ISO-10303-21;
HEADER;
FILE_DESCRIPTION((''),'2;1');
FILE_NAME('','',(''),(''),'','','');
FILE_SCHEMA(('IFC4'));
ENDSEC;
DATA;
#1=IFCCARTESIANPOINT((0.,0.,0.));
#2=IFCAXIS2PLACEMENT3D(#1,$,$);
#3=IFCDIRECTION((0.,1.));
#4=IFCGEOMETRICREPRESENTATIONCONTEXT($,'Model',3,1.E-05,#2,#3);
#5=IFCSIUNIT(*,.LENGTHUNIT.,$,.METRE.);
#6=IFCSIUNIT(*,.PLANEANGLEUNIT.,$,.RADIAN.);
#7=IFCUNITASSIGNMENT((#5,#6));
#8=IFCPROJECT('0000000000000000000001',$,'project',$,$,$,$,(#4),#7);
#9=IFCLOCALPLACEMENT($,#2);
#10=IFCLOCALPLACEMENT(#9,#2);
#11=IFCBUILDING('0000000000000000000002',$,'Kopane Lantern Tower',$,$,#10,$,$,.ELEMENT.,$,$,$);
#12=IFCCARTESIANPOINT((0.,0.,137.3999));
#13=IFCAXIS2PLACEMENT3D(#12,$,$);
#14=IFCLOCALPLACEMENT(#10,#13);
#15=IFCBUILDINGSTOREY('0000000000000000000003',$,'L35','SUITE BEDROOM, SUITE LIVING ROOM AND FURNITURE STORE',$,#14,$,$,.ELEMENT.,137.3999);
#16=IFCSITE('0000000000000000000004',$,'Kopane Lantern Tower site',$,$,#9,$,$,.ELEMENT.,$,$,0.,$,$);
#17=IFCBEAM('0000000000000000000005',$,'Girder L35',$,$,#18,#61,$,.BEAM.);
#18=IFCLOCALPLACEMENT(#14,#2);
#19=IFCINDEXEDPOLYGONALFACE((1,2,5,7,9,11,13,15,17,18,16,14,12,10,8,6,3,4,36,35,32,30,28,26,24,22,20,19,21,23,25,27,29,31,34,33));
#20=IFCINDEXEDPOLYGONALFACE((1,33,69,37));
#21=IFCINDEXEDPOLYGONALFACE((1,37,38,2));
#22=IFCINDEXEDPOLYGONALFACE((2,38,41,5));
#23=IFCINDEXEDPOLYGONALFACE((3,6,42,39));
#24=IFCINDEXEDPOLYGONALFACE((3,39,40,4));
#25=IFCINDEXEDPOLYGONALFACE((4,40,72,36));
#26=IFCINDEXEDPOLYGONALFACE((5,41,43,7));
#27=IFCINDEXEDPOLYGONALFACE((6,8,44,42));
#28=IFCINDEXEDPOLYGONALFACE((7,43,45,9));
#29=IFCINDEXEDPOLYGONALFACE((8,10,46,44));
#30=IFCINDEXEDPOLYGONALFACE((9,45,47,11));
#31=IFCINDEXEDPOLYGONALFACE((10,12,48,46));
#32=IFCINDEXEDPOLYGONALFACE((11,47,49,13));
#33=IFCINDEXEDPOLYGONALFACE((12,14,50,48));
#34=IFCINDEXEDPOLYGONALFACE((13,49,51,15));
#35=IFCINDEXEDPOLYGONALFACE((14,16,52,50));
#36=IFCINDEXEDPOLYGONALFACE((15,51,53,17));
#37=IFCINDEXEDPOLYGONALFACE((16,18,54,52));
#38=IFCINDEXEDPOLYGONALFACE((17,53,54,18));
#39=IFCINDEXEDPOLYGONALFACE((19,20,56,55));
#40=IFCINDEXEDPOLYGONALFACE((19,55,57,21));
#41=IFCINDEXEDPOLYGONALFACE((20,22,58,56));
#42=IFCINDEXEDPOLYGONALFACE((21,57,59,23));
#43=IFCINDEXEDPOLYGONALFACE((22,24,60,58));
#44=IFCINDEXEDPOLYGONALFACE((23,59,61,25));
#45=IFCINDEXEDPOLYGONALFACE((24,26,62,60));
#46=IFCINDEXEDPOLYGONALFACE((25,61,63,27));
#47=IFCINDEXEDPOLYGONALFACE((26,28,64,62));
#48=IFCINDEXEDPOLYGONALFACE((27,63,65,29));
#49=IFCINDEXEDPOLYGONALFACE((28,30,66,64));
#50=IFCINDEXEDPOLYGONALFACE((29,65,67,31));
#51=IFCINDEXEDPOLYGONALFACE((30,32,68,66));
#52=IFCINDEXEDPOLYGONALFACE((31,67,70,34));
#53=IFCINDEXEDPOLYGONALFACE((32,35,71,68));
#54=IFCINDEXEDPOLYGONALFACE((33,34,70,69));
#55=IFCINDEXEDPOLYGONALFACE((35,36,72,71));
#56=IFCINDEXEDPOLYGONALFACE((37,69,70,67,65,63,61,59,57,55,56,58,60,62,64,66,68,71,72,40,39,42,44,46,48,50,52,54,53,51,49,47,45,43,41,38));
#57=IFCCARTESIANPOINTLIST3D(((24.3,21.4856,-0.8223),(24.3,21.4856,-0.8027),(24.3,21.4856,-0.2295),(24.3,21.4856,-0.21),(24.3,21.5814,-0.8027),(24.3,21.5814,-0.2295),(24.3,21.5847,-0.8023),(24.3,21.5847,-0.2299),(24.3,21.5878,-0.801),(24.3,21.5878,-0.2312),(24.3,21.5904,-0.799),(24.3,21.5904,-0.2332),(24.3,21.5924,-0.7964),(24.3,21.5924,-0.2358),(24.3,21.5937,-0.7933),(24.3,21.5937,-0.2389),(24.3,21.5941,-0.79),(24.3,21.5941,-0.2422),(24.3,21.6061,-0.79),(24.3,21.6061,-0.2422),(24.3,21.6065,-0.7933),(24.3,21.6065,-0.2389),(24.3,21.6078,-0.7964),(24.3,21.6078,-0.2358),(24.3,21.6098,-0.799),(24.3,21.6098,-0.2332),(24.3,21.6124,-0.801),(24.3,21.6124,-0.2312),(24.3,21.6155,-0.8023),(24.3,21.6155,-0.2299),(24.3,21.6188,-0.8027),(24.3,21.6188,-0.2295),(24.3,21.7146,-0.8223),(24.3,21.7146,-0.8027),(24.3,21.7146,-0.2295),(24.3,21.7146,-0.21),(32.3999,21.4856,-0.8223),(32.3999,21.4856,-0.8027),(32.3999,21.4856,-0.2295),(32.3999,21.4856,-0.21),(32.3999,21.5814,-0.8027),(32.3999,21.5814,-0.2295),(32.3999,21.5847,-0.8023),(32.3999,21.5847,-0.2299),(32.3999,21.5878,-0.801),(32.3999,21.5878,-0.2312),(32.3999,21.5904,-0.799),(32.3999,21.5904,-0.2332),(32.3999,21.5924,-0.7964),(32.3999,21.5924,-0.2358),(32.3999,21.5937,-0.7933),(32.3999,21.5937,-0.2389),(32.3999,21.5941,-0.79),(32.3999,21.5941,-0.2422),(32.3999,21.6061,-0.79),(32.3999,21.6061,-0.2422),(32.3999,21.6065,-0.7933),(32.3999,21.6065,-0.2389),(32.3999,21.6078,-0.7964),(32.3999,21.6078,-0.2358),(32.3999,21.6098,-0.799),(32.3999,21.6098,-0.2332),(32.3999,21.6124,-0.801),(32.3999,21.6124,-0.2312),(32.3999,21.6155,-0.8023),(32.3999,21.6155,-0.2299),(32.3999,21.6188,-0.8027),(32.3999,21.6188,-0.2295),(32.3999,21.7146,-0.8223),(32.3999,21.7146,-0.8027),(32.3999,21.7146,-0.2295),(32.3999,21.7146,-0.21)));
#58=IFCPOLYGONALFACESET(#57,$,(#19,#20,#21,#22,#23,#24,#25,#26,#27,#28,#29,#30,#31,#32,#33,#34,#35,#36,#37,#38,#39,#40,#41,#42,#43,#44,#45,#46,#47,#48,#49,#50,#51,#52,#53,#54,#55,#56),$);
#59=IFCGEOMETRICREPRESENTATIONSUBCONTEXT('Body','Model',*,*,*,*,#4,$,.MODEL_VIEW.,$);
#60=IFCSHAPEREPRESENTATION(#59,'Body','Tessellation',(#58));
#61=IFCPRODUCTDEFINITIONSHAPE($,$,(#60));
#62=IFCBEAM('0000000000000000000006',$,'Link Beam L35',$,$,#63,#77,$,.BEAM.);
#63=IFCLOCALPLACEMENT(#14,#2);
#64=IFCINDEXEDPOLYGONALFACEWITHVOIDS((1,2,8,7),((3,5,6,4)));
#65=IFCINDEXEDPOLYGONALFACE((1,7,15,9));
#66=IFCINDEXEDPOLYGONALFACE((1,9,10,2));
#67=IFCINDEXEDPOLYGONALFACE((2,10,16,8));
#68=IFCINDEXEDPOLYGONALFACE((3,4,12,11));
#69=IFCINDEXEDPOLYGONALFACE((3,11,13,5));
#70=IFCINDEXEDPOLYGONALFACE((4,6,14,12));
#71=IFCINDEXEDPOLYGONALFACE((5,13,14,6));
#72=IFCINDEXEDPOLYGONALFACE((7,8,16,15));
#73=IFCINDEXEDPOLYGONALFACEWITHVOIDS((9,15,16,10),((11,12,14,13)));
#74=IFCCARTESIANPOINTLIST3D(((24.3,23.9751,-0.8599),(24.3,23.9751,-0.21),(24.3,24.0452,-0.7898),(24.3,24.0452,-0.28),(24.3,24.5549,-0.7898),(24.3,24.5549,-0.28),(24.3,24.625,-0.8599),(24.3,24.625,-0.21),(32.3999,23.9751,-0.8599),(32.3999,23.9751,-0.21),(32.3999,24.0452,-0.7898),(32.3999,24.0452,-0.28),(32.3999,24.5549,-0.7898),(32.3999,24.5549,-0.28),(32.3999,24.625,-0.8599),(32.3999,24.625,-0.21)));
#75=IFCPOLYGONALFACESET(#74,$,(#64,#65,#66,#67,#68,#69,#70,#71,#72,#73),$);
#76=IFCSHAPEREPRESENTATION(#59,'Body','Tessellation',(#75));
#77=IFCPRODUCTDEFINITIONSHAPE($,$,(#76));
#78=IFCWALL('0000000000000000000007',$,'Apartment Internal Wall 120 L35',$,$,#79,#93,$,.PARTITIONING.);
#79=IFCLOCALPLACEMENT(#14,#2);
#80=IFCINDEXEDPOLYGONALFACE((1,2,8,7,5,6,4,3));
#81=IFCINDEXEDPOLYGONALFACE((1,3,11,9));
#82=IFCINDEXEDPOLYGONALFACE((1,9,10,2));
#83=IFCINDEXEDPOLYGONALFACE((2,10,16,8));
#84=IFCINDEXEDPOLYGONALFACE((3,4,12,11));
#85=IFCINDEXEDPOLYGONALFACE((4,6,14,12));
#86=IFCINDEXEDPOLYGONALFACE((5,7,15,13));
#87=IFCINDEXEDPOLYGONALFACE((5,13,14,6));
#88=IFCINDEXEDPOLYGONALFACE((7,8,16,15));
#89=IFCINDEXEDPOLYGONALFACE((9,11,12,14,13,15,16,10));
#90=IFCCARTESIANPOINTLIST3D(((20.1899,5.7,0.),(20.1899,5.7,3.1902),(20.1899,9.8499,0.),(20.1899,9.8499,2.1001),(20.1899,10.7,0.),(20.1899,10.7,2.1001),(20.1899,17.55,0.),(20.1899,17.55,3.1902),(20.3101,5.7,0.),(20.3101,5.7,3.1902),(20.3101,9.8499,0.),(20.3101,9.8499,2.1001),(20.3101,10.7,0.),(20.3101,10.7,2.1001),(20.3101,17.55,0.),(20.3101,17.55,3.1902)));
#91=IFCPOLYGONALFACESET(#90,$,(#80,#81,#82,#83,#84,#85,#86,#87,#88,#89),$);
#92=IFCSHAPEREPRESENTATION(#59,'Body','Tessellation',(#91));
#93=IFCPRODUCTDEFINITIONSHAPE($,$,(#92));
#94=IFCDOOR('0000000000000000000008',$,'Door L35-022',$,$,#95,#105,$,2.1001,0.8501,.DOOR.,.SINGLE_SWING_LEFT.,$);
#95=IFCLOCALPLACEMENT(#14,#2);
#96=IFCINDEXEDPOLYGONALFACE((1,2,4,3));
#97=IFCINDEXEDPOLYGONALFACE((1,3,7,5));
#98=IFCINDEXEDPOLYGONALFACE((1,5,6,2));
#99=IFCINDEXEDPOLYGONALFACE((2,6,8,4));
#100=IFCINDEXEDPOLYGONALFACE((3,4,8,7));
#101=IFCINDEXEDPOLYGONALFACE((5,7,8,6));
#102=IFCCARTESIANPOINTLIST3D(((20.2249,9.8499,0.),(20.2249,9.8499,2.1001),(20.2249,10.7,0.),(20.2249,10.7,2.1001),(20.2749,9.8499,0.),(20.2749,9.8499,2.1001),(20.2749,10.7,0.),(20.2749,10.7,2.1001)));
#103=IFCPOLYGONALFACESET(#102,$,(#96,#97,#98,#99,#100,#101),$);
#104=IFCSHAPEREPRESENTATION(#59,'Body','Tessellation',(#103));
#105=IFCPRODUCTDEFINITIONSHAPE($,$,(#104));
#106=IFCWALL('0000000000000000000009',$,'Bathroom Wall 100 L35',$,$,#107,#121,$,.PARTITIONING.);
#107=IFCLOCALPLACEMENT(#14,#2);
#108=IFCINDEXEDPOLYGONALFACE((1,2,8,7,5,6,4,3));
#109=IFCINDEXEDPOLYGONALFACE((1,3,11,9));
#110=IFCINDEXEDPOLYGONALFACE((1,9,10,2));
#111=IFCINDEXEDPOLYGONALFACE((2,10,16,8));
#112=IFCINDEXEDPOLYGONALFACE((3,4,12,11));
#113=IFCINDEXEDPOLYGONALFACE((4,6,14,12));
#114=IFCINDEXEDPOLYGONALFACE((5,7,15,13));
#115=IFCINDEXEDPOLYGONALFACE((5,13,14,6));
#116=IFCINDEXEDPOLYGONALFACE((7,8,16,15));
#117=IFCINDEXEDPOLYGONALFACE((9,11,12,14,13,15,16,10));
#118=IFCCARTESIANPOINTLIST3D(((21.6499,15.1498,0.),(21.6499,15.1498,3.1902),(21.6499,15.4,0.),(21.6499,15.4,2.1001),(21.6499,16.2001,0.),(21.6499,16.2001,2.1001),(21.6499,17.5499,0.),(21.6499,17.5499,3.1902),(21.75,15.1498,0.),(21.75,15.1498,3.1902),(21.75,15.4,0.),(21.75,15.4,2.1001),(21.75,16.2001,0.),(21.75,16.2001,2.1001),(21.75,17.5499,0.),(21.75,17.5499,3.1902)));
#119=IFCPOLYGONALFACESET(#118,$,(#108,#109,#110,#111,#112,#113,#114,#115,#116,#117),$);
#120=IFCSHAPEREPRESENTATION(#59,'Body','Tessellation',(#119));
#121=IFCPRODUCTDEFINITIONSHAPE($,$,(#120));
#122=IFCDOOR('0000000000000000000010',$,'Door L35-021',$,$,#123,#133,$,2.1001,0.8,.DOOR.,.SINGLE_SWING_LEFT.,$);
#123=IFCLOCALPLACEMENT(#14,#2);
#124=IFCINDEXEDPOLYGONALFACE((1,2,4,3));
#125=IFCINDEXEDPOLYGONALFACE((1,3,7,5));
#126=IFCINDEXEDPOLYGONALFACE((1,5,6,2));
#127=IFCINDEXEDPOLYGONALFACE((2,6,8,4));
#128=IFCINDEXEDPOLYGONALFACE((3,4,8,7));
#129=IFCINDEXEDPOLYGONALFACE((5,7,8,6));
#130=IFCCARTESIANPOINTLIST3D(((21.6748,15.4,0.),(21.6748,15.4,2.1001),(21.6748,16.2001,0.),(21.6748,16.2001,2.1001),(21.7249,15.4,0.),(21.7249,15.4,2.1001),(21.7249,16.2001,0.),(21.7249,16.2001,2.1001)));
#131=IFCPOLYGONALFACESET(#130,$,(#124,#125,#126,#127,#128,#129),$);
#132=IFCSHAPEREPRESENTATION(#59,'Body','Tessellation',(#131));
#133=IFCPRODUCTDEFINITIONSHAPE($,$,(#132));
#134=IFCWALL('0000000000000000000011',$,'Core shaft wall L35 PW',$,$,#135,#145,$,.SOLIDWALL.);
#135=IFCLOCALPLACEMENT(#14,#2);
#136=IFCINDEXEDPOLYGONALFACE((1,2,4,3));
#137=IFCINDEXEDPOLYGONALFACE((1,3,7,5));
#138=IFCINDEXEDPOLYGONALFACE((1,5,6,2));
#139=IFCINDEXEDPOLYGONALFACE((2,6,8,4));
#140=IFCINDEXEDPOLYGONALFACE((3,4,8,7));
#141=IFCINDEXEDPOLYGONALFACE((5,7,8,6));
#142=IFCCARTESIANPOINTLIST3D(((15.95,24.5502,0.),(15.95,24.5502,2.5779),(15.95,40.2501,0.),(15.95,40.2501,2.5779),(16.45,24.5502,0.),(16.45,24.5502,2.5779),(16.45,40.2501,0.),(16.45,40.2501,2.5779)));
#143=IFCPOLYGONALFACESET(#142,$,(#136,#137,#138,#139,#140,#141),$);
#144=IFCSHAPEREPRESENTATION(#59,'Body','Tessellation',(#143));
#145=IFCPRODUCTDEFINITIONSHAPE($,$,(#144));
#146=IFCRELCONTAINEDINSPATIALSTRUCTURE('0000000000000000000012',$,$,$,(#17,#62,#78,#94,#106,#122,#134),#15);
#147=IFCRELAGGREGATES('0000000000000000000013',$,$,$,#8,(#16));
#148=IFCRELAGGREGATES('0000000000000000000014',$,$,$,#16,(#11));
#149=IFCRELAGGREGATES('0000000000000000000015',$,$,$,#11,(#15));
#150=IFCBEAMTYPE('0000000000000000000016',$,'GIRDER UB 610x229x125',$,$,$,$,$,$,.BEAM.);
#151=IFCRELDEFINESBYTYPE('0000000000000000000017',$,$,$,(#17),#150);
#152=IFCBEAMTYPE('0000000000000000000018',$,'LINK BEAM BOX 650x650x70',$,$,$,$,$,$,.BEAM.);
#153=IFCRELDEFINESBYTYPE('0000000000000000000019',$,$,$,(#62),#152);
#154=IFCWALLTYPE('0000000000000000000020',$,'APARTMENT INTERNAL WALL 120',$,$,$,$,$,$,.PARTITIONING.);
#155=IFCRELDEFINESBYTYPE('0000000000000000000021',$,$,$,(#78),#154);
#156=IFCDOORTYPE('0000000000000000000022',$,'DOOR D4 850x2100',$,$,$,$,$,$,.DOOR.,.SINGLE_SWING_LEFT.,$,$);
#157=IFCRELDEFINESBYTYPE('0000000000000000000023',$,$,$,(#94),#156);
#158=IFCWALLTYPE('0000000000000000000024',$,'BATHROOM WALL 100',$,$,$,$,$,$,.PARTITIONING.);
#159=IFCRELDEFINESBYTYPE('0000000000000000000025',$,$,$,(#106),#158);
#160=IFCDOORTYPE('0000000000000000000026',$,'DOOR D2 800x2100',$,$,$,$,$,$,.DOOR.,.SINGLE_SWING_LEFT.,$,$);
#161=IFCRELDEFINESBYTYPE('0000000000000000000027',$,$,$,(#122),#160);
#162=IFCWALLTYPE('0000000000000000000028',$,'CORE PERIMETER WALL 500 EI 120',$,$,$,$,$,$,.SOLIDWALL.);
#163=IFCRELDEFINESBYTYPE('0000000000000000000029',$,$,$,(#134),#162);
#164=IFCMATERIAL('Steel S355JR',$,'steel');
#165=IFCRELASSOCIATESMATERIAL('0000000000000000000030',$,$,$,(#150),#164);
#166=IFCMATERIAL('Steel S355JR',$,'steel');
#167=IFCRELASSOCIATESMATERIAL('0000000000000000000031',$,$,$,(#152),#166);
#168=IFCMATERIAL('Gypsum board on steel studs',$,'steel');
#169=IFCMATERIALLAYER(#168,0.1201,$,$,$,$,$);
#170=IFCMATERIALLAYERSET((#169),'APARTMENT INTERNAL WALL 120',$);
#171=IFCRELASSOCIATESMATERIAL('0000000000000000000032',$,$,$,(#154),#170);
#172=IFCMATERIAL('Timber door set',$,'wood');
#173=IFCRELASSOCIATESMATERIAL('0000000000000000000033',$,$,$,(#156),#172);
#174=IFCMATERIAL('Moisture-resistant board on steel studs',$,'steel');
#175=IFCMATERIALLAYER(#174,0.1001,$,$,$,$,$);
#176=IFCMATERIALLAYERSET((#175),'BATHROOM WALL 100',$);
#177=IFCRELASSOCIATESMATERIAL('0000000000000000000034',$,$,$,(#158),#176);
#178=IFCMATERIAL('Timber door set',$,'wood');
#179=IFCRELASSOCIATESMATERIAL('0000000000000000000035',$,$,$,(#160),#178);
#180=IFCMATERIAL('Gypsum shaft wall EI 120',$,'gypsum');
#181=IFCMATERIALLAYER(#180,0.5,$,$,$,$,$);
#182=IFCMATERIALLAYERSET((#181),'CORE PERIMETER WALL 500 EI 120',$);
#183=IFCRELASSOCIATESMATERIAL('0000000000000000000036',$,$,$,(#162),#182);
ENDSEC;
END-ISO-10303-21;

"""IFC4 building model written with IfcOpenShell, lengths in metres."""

from ifc_helpers import new_model, si_unit, direction, frame, frame_2d, origin, origin_2d, place, context, subcontext, project, spatial, rectangle, hollow_rectangle, i_section, extrude, material, layer, layer_set, material_profile, profile_set, type_object, element, fill, save


model = new_model("IFC4")

# Units and contexts
model_context = context("Model", 3, precision=1e-05, world=origin(), true_north=direction((0.0, 1.0)))
body_context = subcontext(model_context, "Body", "Model", "MODEL_VIEW")
ifc_project = project(units=[si_unit("LENGTHUNIT", "METRE"), si_unit("PLANEANGLEUNIT", "RADIAN")], contexts=[model_context])

# Site, building, storey
site_placement = place(None, origin())
site = spatial("IfcSite", under=ifc_project, at=site_placement, Name="Kopane Lantern Tower site", CompositionType="ELEMENT", RefElevation=0.0)
building_placement = place(site_placement, origin())
building = spatial("IfcBuilding", under=site, at=building_placement, Name="Kopane Lantern Tower", CompositionType="ELEMENT")
storey_placement = place(building_placement, frame((0.0, 0.0, 137.3999)))
storey = spatial("IfcBuildingStorey", under=building, at=storey_placement, Name="L35", Description="SUITE BEDROOM, SUITE LIVING ROOM AND FURNITURE STORE", CompositionType="ELEMENT", Elevation=137.3999)

# Beams
ifc_material_1 = material(Name="Steel S355JR", Category="steel")
ifc_material_profile_1 = material_profile(ifc_material_1, i_section(OverallWidth=0.229, OverallDepth=0.6123, WebThickness=0.012, FlangeThickness=0.0195, FilletRadius=0.0127, at=origin_2d()), Name="UB 610x229x125")
ifc_profile_set_1 = profile_set([ifc_material_profile_1], Name="Steel S355JR")
beam_type_1 = type_object("IfcBeamType", Name="GIRDER UB 610x229x125", PredefinedType="BEAM", material=ifc_profile_set_1)
beam_1_placement = place(storey_placement, frame((24.3, 21.6001, -0.5161), z_axis=(1.0, 0.0, 0.0), x_axis=(0.0, 1.0, 0.0)))
element("IfcBeam", 1, at=beam_1_placement, inside=storey, type_object=beam_type_1, Name="Girder L35", PredefinedType="BEAM", context=body_context, shape_type="SweptSolid", body=[
    extrude(i_section(OverallWidth=0.229, OverallDepth=0.6123, WebThickness=0.012, FlangeThickness=0.0195, FilletRadius=0.0127, at=origin_2d()), origin(), (0.0, 0.0, 1.0), 8.0999),
])
ifc_material_2 = material(Name="Steel S355JR", Category="steel")
ifc_material_profile_2 = material_profile(ifc_material_2, hollow_rectangle(XDim=0.6499, YDim=0.6499, WallThickness=0.0701, at=origin_2d()), Name="BOX 650x650x70")
ifc_profile_set_2 = profile_set([ifc_material_profile_2], Name="Steel S355JR")
beam_type_2 = type_object("IfcBeamType", Name="LINK BEAM BOX 650x650x70", PredefinedType="BEAM", material=ifc_profile_set_2)
beam_2_placement = place(storey_placement, frame((24.3, 24.3, -0.5349), z_axis=(1.0, 0.0, 0.0), x_axis=(0.0, 1.0, 0.0)))
element("IfcBeam", 2, at=beam_2_placement, inside=storey, type_object=beam_type_2, Name="Link Beam L35", PredefinedType="BEAM", context=body_context, shape_type="SweptSolid", body=[
    extrude(hollow_rectangle(XDim=0.6499, YDim=0.6499, WallThickness=0.0701, at=origin_2d()), origin(), (0.0, 0.0, 1.0), 8.0999),
])

# Walls, openings, doors
ifc_material_3 = material(Name="Gypsum board on steel studs", Category="steel")
ifc_layer_1 = layer(ifc_material_3, 0.1201)
ifc_layer_set_1 = layer_set([ifc_layer_1], Name="APARTMENT INTERNAL WALL 120")
wall_type_1 = type_object("IfcWallType", Name="APARTMENT INTERNAL WALL 120", PredefinedType="PARTITIONING", material=ifc_layer_set_1)
wall_1_placement = place(storey_placement, frame((20.25, 17.55, 0.0), z_axis=(0.0, 0.0, 1.0), x_axis=(0.0, -1.0, 0.0)))
wall_1 = element("IfcWall", 3, at=wall_1_placement, inside=storey, type_object=wall_type_1, Name="Apartment Internal Wall 120 L35", PredefinedType="PARTITIONING", context=body_context, shape_type="SweptSolid", body=[
    extrude(rectangle(XDim=11.8501, YDim=0.1201, at=frame_2d((5.925, 0.0))), origin(), (0.0, 0.0, 1.0), 3.1902),
])
opening_1_placement = place(wall_1_placement, frame((6.8501, 0.0, 0.0)))
opening_1 = element("IfcOpeningElement", 4, at=opening_1_placement, cuts=wall_1, PredefinedType="OPENING", context=body_context, shape_type="SweptSolid", body=[
    extrude(rectangle(XDim=0.8501, YDim=2.1001, at=frame_2d((0.425, 1.05))), frame((0.0, 0.0701, 0.0), z_axis=(0.0, -1.0, 0.0), x_axis=(1.0, 0.0, 0.0)), (0.0, 0.0, 1.0), 0.1401),
])
ifc_material_4 = material(Name="Timber door set", Category="wood")
door_type_1 = type_object("IfcDoorType", Name="DOOR D4 850x2100", OperationType="SINGLE_SWING_LEFT", PredefinedType="DOOR", material=ifc_material_4)
door_1_placement = place(opening_1_placement, origin())
door_1 = element("IfcDoor", 5, at=door_1_placement, inside=storey, type_object=door_type_1, Name="Door L35-022", OperationType="SINGLE_SWING_LEFT", OverallHeight=2.1001, OverallWidth=0.8501, PredefinedType="DOOR", context=body_context, shape_type="SweptSolid", body=[
    extrude(rectangle(XDim=0.8501, YDim=2.1001, at=frame_2d((0.425, 1.05))), frame((0.0, 0.0249, 0.0), z_axis=(0.0, -1.0, 0.0), x_axis=(1.0, 0.0, 0.0)), (0.0, 0.0, 1.0), 0.05),
])
fill(opening_1, door_1)
ifc_material_5 = material(Name="Moisture-resistant board on steel studs", Category="steel")
ifc_layer_2 = layer(ifc_material_5, 0.1001)
ifc_layer_set_2 = layer_set([ifc_layer_2], Name="BATHROOM WALL 100")
wall_type_2 = type_object("IfcWallType", Name="BATHROOM WALL 100", PredefinedType="PARTITIONING", material=ifc_layer_set_2)
wall_2_placement = place(storey_placement, frame((21.7, 17.55, 0.0), z_axis=(0.0, 0.0, 1.0), x_axis=(0.0, -1.0, 0.0)))
wall_2 = element("IfcWall", 6, at=wall_2_placement, inside=storey, type_object=wall_type_2, Name="Bathroom Wall 100 L35", PredefinedType="PARTITIONING", context=body_context, shape_type="SweptSolid", body=[
    extrude(rectangle(XDim=2.4001, YDim=0.1001, at=frame_2d((1.2002, 0.0))), origin(), (0.0, 0.0, 1.0), 3.1902),
])
opening_2_placement = place(wall_2_placement, frame((1.3501, 0.0, 0.0)))
opening_2 = element("IfcOpeningElement", 7, at=opening_2_placement, cuts=wall_2, PredefinedType="OPENING", context=body_context, shape_type="SweptSolid", body=[
    extrude(rectangle(XDim=0.8, YDim=2.1001, at=frame_2d((0.3999, 1.05))), frame((0.0, 0.0601, 0.0), z_axis=(0.0, -1.0, 0.0), x_axis=(1.0, 0.0, 0.0)), (0.0, 0.0, 1.0), 0.1201),
])
ifc_material_6 = material(Name="Timber door set", Category="wood")
door_type_2 = type_object("IfcDoorType", Name="DOOR D2 800x2100", OperationType="SINGLE_SWING_LEFT", PredefinedType="DOOR", material=ifc_material_6)
door_2_placement = place(opening_2_placement, origin())
door_2 = element("IfcDoor", 8, at=door_2_placement, inside=storey, type_object=door_type_2, Name="Door L35-021", OperationType="SINGLE_SWING_LEFT", OverallHeight=2.1001, OverallWidth=0.8, PredefinedType="DOOR", context=body_context, shape_type="SweptSolid", body=[
    extrude(rectangle(XDim=0.8, YDim=2.1001, at=frame_2d((0.3999, 1.05))), frame((0.0, 0.0249, 0.0), z_axis=(0.0, -1.0, 0.0), x_axis=(1.0, 0.0, 0.0)), (0.0, 0.0, 1.0), 0.05),
])
fill(opening_2, door_2)

# Wall
ifc_material_7 = material(Name="Gypsum shaft wall EI 120", Category="gypsum")
ifc_layer_3 = layer(ifc_material_7, 0.5)
ifc_layer_set_3 = layer_set([ifc_layer_3], Name="CORE PERIMETER WALL 500 EI 120")
wall_type_3 = type_object("IfcWallType", Name="CORE PERIMETER WALL 500 EI 120", PredefinedType="SOLIDWALL", material=ifc_layer_set_3)
wall_3_placement = place(storey_placement, frame((16.2, 24.55, 0.0), z_axis=(0.0, 0.0, 1.0), x_axis=(0.0, 1.0, 0.0)))
element("IfcWall", 9, at=wall_3_placement, inside=storey, type_object=wall_type_3, Name="Core shaft wall L35 PW", PredefinedType="SOLIDWALL", context=body_context, shape_type="SweptSolid", body=[
    extrude(rectangle(XDim=15.7, YDim=0.5, at=frame_2d((7.8501, 0.0))), origin(), (0.0, 0.0, 1.0), 2.5779),
])

save(model, "model.ifc")
